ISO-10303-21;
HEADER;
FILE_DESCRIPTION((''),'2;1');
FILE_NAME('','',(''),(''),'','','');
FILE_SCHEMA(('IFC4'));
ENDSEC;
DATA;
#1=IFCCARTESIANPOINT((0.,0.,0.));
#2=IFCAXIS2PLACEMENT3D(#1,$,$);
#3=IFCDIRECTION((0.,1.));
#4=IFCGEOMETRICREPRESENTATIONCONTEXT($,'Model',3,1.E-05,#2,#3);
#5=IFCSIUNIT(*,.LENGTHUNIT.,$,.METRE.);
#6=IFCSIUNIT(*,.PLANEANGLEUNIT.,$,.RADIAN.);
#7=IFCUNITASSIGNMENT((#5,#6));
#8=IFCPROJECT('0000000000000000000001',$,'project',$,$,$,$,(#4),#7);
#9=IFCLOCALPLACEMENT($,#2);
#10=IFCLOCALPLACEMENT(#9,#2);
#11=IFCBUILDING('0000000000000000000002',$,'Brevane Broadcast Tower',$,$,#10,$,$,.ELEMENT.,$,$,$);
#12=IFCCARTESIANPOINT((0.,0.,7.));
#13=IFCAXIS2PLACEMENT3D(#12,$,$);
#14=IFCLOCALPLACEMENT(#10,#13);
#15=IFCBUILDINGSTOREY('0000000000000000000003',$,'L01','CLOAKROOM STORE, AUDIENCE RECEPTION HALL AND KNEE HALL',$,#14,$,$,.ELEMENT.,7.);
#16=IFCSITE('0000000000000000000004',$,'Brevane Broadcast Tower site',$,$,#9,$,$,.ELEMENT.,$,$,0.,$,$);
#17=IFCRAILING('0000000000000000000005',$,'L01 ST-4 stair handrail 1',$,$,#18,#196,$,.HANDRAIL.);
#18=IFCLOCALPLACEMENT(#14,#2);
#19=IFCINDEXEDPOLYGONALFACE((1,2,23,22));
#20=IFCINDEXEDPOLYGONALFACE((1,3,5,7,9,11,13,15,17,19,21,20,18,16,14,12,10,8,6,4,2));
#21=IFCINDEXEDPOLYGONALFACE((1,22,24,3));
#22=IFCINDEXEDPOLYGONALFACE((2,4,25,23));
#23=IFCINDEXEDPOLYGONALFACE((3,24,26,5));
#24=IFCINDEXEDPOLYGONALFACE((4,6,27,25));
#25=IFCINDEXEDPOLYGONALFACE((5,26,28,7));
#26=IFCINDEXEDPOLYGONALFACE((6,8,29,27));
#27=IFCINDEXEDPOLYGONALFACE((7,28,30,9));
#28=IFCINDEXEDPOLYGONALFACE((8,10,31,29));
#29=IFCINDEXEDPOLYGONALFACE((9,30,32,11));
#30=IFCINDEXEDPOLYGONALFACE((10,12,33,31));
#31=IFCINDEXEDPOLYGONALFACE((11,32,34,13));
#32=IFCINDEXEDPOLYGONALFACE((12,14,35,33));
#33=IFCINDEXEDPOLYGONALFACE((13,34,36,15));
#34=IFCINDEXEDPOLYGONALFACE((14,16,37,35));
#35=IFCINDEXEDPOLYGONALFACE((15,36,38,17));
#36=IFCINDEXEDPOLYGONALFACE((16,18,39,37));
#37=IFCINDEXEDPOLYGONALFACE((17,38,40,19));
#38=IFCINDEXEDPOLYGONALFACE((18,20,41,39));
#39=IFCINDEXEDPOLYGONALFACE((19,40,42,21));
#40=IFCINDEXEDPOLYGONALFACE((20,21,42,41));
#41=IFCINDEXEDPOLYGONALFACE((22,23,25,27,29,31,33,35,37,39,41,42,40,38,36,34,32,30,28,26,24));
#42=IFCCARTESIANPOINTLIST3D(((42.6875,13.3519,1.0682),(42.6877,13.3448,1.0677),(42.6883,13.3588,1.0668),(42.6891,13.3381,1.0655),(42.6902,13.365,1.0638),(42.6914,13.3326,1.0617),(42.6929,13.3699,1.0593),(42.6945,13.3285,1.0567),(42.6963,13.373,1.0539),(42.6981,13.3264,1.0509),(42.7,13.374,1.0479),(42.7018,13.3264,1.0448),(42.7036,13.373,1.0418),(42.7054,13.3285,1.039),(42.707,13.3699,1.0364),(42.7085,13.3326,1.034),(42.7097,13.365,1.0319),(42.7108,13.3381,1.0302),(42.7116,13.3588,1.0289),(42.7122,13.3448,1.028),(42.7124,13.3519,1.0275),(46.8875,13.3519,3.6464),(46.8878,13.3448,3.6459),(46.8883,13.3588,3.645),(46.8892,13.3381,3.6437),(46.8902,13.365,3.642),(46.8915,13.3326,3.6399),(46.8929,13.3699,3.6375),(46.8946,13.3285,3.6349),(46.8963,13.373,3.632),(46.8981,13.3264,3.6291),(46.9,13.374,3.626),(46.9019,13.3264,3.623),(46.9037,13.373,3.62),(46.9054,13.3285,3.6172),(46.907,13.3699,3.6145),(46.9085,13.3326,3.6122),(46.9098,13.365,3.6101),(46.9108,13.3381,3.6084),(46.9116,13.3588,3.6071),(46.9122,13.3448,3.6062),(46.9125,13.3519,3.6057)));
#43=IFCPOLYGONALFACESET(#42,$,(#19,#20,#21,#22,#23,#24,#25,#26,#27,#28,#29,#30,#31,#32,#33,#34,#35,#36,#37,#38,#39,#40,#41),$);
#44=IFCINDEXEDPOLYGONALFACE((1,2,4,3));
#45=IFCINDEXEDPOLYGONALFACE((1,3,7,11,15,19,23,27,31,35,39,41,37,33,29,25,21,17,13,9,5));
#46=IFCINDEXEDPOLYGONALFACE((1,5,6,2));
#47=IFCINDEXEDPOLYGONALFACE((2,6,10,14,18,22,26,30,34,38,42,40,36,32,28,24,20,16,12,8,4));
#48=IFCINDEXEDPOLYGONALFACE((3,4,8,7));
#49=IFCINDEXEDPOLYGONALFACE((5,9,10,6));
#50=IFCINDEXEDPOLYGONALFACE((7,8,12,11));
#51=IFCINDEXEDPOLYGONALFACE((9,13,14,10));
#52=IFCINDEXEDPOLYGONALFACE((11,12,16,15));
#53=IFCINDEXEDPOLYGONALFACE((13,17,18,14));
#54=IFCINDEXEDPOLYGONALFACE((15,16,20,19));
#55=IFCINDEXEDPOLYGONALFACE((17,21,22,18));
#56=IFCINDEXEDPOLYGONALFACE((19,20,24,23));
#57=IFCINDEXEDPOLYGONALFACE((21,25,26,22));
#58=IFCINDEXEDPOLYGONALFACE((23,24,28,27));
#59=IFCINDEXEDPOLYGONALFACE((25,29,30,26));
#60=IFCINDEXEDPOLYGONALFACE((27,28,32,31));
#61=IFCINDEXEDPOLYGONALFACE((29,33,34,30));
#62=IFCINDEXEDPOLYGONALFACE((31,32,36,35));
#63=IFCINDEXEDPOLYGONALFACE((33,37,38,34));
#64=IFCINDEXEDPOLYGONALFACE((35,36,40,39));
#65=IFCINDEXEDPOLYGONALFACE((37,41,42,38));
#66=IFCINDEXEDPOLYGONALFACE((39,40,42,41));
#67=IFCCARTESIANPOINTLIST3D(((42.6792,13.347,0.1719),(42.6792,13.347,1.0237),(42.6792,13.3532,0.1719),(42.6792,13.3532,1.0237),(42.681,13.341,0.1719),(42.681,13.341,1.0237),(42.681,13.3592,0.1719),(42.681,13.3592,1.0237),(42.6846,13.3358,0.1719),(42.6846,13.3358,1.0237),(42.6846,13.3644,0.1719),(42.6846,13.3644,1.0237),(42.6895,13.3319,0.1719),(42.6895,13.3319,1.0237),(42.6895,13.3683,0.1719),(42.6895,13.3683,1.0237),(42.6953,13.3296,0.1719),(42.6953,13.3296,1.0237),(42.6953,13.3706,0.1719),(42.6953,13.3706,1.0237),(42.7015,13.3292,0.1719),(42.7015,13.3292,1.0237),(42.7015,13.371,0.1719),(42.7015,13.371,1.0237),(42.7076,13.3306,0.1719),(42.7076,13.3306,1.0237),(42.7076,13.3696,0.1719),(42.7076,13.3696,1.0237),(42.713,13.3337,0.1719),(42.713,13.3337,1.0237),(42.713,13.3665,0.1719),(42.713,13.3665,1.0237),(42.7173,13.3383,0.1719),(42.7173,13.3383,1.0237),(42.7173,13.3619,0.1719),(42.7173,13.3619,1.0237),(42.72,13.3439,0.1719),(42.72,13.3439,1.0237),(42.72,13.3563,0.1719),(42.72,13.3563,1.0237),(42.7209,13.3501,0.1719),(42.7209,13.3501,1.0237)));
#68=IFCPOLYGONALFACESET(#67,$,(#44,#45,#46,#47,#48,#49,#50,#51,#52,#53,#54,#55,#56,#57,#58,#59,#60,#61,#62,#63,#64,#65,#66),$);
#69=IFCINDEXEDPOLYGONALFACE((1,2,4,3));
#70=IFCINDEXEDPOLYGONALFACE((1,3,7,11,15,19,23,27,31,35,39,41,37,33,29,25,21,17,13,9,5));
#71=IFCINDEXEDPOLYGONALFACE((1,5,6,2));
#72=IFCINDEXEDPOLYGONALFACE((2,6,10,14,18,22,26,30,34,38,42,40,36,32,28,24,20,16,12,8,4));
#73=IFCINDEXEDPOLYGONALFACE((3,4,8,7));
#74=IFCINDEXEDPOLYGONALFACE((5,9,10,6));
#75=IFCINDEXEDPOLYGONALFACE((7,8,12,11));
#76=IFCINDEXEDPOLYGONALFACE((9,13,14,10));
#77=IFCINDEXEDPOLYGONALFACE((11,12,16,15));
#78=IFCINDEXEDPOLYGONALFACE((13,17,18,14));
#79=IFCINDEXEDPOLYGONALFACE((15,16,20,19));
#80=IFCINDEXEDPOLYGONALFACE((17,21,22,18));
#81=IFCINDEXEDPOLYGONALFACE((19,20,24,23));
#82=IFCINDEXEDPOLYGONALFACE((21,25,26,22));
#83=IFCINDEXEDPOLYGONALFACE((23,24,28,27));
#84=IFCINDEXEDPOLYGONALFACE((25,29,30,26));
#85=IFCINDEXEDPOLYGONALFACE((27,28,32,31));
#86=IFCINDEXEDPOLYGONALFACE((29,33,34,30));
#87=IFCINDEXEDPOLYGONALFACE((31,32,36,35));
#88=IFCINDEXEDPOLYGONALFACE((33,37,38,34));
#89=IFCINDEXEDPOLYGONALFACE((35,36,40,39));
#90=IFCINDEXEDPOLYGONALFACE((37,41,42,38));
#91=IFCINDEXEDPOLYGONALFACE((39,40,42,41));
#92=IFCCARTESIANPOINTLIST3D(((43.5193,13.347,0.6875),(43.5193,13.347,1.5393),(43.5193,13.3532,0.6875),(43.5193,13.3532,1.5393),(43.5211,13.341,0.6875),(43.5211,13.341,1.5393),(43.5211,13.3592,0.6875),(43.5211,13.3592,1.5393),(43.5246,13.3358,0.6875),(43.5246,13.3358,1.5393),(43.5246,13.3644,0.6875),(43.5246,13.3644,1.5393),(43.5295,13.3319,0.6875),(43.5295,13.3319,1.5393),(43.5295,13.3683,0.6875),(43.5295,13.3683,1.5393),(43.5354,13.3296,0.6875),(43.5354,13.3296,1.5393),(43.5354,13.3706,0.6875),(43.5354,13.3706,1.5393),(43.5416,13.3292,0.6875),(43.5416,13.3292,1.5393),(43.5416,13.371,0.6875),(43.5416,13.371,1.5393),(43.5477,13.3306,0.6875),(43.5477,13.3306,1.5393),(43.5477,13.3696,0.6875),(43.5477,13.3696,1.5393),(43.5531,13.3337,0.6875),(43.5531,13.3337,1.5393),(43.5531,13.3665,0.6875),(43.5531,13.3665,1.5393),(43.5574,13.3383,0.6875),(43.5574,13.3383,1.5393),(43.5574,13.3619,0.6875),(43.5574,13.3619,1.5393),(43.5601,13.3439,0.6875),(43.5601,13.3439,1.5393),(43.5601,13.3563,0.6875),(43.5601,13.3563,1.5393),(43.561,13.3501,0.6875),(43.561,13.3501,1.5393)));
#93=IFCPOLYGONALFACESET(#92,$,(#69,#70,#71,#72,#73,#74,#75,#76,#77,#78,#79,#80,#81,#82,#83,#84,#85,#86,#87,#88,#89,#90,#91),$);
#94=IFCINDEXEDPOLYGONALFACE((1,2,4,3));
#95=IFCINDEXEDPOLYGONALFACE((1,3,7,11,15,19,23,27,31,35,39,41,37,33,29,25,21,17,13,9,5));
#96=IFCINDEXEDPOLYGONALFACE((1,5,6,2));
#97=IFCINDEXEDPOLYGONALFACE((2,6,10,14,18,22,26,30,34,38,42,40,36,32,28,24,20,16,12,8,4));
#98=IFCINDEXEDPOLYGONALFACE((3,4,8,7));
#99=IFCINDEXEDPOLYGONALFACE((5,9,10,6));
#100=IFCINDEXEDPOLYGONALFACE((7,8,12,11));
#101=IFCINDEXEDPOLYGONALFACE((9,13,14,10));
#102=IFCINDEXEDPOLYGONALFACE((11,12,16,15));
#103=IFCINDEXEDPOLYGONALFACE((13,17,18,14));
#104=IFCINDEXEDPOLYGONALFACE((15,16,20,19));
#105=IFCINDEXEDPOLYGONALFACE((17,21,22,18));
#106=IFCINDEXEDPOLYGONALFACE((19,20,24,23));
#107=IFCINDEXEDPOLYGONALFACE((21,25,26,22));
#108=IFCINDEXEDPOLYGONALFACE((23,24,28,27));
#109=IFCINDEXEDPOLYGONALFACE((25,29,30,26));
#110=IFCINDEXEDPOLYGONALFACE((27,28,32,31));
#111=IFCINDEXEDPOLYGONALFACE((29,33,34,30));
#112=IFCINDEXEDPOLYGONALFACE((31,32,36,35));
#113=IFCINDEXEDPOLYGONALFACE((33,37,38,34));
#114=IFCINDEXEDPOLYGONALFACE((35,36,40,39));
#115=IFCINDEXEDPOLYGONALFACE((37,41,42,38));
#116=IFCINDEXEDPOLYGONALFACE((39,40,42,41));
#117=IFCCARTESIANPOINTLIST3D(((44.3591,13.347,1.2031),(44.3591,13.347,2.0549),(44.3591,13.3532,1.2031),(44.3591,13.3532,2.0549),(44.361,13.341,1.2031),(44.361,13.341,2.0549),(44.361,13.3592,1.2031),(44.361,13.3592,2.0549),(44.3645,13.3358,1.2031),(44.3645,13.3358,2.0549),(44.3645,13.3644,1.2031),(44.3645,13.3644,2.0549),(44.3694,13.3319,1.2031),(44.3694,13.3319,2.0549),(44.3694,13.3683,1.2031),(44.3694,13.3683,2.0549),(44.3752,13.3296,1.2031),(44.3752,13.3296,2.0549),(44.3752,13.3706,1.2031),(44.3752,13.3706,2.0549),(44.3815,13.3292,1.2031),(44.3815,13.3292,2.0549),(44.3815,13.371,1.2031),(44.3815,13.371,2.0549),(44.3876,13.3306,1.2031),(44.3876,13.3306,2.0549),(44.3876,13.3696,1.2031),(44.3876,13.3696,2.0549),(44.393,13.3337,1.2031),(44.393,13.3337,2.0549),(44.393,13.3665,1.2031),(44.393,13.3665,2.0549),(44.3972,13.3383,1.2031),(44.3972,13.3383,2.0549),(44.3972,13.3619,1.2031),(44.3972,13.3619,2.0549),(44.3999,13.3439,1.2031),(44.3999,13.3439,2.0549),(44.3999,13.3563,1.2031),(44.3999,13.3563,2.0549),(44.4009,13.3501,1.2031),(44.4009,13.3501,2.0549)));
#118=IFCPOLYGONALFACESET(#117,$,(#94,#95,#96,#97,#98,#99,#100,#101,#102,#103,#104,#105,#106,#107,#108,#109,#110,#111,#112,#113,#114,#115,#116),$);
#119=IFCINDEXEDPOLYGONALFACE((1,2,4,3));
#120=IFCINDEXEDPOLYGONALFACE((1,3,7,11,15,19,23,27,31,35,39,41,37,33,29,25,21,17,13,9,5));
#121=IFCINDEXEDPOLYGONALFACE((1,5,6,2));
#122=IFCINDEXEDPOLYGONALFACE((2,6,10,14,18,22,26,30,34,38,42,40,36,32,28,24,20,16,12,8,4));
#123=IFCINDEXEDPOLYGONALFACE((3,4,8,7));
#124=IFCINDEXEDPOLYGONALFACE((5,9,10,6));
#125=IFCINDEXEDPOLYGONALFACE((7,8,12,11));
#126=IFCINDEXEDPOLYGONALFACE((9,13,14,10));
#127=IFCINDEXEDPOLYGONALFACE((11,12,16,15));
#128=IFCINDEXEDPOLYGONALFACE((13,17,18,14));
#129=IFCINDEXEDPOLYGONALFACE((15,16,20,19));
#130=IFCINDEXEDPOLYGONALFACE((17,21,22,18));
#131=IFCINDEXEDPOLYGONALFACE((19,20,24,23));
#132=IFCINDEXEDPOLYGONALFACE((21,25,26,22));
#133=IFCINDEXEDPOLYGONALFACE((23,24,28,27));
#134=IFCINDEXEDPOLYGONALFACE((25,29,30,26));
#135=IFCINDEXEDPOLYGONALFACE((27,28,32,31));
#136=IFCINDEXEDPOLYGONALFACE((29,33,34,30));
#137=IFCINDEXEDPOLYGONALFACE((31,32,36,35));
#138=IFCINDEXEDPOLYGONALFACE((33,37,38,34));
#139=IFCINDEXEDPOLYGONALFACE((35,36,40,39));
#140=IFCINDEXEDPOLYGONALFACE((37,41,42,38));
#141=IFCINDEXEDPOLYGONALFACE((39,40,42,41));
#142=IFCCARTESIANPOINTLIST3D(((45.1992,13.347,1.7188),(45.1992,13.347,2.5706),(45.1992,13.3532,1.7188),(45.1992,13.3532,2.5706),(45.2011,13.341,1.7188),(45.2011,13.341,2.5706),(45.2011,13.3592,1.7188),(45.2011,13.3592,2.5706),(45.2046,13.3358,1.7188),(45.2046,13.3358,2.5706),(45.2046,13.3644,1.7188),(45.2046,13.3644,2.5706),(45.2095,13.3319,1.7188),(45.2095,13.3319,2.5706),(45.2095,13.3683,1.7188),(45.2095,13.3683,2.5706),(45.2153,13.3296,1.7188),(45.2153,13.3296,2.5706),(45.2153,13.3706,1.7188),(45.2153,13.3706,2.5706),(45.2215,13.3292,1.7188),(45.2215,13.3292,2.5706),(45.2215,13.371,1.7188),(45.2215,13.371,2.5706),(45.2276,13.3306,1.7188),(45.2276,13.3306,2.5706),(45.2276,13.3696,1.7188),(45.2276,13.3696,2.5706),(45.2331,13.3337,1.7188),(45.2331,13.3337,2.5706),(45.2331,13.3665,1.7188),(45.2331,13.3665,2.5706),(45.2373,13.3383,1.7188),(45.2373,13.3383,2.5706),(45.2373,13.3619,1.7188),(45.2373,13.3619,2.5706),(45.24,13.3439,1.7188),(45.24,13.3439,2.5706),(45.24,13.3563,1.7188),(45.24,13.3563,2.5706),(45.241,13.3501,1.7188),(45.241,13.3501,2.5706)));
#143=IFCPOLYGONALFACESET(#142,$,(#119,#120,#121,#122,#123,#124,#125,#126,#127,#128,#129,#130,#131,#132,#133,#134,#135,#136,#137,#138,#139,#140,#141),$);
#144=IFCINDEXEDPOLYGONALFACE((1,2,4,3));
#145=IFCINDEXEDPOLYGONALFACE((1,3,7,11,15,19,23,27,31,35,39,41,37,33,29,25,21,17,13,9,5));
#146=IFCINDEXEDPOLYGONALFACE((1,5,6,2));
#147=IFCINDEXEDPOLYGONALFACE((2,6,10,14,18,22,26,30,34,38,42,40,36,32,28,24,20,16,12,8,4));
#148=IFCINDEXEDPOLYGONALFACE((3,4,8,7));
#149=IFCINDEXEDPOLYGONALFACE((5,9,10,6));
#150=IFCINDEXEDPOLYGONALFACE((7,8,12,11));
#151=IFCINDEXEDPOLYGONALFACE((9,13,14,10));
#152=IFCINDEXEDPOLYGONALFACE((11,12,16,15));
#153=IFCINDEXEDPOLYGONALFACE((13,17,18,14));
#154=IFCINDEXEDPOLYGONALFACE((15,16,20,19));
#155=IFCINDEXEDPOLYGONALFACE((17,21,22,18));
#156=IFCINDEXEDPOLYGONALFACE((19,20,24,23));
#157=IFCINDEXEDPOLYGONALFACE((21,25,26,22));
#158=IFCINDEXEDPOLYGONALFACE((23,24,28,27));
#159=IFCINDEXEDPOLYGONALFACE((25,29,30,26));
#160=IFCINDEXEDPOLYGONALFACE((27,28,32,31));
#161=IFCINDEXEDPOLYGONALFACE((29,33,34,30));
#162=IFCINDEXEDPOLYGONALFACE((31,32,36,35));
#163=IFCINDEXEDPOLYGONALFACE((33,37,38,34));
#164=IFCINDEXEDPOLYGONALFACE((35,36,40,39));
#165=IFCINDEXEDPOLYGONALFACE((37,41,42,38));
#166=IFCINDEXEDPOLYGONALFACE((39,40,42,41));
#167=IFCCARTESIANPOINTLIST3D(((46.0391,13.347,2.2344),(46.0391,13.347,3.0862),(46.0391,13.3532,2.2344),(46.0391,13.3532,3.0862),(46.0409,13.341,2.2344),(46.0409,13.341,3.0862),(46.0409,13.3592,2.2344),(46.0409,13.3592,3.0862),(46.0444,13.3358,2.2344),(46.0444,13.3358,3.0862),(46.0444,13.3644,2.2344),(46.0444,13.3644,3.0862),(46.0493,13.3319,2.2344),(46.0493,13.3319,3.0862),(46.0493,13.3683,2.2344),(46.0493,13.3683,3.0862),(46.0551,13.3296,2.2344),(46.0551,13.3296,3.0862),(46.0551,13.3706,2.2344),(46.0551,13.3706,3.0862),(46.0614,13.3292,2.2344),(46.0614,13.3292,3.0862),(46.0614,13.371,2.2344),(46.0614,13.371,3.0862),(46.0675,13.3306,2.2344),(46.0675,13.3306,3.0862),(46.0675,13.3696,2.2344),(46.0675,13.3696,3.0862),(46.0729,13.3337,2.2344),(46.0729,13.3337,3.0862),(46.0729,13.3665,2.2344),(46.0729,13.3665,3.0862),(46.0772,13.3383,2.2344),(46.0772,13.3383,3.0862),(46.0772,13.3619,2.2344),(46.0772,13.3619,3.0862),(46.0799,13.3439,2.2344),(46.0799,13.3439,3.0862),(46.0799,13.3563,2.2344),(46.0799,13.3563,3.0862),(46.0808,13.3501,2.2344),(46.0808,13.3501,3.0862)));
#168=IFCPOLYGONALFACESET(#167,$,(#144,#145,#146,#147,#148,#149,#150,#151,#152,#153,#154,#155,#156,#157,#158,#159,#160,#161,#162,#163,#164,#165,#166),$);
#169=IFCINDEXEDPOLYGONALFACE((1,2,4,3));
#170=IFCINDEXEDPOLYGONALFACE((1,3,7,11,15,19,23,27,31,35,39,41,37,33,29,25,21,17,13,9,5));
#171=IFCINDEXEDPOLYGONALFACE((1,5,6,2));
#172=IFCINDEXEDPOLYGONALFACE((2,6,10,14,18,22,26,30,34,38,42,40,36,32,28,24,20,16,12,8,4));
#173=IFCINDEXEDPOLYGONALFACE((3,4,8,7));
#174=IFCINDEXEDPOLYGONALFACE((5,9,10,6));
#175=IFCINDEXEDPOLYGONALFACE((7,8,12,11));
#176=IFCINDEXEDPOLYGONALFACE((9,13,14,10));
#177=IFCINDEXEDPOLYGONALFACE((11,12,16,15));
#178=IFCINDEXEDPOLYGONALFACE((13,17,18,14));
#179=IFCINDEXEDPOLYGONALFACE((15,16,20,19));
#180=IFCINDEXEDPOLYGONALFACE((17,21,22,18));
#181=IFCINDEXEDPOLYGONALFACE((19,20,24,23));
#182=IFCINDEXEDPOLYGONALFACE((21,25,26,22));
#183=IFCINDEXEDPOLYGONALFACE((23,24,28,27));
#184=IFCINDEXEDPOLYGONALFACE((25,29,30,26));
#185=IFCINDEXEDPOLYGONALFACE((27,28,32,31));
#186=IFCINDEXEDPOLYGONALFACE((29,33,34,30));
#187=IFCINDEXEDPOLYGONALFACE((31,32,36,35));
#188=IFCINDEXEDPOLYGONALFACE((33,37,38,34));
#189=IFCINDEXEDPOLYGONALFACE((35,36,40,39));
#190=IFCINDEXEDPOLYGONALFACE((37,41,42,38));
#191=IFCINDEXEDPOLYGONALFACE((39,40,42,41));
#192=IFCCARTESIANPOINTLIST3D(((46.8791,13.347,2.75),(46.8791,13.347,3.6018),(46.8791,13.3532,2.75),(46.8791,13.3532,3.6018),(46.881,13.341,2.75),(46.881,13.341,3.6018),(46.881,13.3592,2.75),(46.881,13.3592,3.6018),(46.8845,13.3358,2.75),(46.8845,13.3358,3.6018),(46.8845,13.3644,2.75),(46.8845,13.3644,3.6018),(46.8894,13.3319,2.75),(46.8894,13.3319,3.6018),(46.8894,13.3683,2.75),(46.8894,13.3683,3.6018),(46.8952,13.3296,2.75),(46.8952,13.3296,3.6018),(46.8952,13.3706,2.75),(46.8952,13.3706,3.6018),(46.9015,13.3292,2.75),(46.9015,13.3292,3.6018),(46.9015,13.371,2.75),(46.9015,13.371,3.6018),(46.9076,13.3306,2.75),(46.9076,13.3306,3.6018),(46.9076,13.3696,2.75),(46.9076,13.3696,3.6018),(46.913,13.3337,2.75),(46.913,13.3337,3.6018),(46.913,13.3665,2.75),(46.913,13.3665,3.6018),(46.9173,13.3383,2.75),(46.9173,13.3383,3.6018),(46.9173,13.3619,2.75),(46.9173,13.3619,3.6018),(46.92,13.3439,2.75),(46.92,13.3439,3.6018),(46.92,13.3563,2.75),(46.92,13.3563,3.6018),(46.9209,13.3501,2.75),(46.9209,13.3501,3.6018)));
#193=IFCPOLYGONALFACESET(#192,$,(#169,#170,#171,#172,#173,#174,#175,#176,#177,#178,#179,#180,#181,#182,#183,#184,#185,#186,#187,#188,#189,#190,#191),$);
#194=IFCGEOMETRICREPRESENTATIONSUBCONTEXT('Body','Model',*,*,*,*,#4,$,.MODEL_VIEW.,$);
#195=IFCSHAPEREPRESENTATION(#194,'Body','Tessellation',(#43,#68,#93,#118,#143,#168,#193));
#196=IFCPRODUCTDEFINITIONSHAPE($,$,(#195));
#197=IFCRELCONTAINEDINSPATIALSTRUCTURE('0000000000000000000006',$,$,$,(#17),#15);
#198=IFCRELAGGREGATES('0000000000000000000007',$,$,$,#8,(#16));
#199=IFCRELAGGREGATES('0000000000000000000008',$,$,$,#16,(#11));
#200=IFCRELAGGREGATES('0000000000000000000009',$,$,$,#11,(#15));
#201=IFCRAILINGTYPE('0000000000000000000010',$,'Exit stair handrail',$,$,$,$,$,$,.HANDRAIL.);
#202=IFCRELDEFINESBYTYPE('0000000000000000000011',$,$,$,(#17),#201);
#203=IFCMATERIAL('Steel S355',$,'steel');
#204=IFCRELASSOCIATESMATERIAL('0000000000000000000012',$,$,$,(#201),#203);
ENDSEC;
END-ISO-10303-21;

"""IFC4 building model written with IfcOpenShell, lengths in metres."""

from ifc_helpers import new_model, si_unit, direction, frame, origin, origin_2d, place, context, subcontext, project, spatial, circle, extrude, material, type_object, element, save


model = new_model("IFC4")

# Units and contexts
model_context = context("Model", 3, precision=1e-05, world=origin(), true_north=direction((0.0, 1.0)))
body_context = subcontext(model_context, "Body", "Model", "MODEL_VIEW")
ifc_project = project(units=[si_unit("LENGTHUNIT", "METRE"), si_unit("PLANEANGLEUNIT", "RADIAN")], contexts=[model_context])

# Site, building, storey
site_placement = place(None, origin())
site = spatial("IfcSite", under=ifc_project, at=site_placement, Name="Brevane Broadcast Tower site", CompositionType="ELEMENT", RefElevation=0.0)
building_placement = place(site_placement, origin())
building = spatial("IfcBuilding", under=site, at=building_placement, Name="Brevane Broadcast Tower", CompositionType="ELEMENT")
storey_placement = place(building_placement, frame((0.0, 0.0, 7.0)))
storey = spatial("IfcBuildingStorey", under=building, at=storey_placement, Name="L01", Description="CLOAKROOM STORE, AUDIENCE RECEPTION HALL AND KNEE HALL", CompositionType="ELEMENT", Elevation=7.0)

# Railing
ifc_material_1 = material(Name="Steel S355", Category="steel")
railing_type_1 = type_object("IfcRailingType", Name="Exit stair handrail", PredefinedType="HANDRAIL", material=ifc_material_1)
railing_1_placement = place(storey_placement, frame((42.7, 13.3501, 0.1719)))
element("IfcRailing", 1, at=railing_1_placement, inside=storey, type_object=railing_type_1, Name="L01 ST-4 stair handrail 1", PredefinedType="HANDRAIL", context=body_context, shape_type="SweptSolid", body=[
    extrude(circle(Radius=0.0239, at=origin_2d()), frame((0.0, 0.0, 0.876), z_axis=(0.852243, 0.0, 0.523146), x_axis=(0.0, 1.0, 0.0)), (0.0, 0.0, 1.0), 4.9282),
    extrude(circle(Radius=0.021, at=origin_2d()), origin(), (0.0, 0.0, 1.0), 0.8518),
    extrude(circle(Radius=0.021, at=origin_2d()), frame((0.8401, 0.0, 0.5156)), (0.0, 0.0, 1.0), 0.8518),
    extrude(circle(Radius=0.021, at=origin_2d()), frame((1.6799, 0.0, 1.0312)), (0.0, 0.0, 1.0), 0.8518),
    extrude(circle(Radius=0.021, at=origin_2d()), frame((2.52, 0.0, 1.5469)), (0.0, 0.0, 1.0), 0.8518),
    extrude(circle(Radius=0.021, at=origin_2d()), frame((3.3599, 0.0, 2.0625)), (0.0, 0.0, 1.0), 0.8518),
    extrude(circle(Radius=0.021, at=origin_2d()), frame((4.2, 0.0, 2.5781)), (0.0, 0.0, 1.0), 0.8518),
])

save(model, "model.ifc")
